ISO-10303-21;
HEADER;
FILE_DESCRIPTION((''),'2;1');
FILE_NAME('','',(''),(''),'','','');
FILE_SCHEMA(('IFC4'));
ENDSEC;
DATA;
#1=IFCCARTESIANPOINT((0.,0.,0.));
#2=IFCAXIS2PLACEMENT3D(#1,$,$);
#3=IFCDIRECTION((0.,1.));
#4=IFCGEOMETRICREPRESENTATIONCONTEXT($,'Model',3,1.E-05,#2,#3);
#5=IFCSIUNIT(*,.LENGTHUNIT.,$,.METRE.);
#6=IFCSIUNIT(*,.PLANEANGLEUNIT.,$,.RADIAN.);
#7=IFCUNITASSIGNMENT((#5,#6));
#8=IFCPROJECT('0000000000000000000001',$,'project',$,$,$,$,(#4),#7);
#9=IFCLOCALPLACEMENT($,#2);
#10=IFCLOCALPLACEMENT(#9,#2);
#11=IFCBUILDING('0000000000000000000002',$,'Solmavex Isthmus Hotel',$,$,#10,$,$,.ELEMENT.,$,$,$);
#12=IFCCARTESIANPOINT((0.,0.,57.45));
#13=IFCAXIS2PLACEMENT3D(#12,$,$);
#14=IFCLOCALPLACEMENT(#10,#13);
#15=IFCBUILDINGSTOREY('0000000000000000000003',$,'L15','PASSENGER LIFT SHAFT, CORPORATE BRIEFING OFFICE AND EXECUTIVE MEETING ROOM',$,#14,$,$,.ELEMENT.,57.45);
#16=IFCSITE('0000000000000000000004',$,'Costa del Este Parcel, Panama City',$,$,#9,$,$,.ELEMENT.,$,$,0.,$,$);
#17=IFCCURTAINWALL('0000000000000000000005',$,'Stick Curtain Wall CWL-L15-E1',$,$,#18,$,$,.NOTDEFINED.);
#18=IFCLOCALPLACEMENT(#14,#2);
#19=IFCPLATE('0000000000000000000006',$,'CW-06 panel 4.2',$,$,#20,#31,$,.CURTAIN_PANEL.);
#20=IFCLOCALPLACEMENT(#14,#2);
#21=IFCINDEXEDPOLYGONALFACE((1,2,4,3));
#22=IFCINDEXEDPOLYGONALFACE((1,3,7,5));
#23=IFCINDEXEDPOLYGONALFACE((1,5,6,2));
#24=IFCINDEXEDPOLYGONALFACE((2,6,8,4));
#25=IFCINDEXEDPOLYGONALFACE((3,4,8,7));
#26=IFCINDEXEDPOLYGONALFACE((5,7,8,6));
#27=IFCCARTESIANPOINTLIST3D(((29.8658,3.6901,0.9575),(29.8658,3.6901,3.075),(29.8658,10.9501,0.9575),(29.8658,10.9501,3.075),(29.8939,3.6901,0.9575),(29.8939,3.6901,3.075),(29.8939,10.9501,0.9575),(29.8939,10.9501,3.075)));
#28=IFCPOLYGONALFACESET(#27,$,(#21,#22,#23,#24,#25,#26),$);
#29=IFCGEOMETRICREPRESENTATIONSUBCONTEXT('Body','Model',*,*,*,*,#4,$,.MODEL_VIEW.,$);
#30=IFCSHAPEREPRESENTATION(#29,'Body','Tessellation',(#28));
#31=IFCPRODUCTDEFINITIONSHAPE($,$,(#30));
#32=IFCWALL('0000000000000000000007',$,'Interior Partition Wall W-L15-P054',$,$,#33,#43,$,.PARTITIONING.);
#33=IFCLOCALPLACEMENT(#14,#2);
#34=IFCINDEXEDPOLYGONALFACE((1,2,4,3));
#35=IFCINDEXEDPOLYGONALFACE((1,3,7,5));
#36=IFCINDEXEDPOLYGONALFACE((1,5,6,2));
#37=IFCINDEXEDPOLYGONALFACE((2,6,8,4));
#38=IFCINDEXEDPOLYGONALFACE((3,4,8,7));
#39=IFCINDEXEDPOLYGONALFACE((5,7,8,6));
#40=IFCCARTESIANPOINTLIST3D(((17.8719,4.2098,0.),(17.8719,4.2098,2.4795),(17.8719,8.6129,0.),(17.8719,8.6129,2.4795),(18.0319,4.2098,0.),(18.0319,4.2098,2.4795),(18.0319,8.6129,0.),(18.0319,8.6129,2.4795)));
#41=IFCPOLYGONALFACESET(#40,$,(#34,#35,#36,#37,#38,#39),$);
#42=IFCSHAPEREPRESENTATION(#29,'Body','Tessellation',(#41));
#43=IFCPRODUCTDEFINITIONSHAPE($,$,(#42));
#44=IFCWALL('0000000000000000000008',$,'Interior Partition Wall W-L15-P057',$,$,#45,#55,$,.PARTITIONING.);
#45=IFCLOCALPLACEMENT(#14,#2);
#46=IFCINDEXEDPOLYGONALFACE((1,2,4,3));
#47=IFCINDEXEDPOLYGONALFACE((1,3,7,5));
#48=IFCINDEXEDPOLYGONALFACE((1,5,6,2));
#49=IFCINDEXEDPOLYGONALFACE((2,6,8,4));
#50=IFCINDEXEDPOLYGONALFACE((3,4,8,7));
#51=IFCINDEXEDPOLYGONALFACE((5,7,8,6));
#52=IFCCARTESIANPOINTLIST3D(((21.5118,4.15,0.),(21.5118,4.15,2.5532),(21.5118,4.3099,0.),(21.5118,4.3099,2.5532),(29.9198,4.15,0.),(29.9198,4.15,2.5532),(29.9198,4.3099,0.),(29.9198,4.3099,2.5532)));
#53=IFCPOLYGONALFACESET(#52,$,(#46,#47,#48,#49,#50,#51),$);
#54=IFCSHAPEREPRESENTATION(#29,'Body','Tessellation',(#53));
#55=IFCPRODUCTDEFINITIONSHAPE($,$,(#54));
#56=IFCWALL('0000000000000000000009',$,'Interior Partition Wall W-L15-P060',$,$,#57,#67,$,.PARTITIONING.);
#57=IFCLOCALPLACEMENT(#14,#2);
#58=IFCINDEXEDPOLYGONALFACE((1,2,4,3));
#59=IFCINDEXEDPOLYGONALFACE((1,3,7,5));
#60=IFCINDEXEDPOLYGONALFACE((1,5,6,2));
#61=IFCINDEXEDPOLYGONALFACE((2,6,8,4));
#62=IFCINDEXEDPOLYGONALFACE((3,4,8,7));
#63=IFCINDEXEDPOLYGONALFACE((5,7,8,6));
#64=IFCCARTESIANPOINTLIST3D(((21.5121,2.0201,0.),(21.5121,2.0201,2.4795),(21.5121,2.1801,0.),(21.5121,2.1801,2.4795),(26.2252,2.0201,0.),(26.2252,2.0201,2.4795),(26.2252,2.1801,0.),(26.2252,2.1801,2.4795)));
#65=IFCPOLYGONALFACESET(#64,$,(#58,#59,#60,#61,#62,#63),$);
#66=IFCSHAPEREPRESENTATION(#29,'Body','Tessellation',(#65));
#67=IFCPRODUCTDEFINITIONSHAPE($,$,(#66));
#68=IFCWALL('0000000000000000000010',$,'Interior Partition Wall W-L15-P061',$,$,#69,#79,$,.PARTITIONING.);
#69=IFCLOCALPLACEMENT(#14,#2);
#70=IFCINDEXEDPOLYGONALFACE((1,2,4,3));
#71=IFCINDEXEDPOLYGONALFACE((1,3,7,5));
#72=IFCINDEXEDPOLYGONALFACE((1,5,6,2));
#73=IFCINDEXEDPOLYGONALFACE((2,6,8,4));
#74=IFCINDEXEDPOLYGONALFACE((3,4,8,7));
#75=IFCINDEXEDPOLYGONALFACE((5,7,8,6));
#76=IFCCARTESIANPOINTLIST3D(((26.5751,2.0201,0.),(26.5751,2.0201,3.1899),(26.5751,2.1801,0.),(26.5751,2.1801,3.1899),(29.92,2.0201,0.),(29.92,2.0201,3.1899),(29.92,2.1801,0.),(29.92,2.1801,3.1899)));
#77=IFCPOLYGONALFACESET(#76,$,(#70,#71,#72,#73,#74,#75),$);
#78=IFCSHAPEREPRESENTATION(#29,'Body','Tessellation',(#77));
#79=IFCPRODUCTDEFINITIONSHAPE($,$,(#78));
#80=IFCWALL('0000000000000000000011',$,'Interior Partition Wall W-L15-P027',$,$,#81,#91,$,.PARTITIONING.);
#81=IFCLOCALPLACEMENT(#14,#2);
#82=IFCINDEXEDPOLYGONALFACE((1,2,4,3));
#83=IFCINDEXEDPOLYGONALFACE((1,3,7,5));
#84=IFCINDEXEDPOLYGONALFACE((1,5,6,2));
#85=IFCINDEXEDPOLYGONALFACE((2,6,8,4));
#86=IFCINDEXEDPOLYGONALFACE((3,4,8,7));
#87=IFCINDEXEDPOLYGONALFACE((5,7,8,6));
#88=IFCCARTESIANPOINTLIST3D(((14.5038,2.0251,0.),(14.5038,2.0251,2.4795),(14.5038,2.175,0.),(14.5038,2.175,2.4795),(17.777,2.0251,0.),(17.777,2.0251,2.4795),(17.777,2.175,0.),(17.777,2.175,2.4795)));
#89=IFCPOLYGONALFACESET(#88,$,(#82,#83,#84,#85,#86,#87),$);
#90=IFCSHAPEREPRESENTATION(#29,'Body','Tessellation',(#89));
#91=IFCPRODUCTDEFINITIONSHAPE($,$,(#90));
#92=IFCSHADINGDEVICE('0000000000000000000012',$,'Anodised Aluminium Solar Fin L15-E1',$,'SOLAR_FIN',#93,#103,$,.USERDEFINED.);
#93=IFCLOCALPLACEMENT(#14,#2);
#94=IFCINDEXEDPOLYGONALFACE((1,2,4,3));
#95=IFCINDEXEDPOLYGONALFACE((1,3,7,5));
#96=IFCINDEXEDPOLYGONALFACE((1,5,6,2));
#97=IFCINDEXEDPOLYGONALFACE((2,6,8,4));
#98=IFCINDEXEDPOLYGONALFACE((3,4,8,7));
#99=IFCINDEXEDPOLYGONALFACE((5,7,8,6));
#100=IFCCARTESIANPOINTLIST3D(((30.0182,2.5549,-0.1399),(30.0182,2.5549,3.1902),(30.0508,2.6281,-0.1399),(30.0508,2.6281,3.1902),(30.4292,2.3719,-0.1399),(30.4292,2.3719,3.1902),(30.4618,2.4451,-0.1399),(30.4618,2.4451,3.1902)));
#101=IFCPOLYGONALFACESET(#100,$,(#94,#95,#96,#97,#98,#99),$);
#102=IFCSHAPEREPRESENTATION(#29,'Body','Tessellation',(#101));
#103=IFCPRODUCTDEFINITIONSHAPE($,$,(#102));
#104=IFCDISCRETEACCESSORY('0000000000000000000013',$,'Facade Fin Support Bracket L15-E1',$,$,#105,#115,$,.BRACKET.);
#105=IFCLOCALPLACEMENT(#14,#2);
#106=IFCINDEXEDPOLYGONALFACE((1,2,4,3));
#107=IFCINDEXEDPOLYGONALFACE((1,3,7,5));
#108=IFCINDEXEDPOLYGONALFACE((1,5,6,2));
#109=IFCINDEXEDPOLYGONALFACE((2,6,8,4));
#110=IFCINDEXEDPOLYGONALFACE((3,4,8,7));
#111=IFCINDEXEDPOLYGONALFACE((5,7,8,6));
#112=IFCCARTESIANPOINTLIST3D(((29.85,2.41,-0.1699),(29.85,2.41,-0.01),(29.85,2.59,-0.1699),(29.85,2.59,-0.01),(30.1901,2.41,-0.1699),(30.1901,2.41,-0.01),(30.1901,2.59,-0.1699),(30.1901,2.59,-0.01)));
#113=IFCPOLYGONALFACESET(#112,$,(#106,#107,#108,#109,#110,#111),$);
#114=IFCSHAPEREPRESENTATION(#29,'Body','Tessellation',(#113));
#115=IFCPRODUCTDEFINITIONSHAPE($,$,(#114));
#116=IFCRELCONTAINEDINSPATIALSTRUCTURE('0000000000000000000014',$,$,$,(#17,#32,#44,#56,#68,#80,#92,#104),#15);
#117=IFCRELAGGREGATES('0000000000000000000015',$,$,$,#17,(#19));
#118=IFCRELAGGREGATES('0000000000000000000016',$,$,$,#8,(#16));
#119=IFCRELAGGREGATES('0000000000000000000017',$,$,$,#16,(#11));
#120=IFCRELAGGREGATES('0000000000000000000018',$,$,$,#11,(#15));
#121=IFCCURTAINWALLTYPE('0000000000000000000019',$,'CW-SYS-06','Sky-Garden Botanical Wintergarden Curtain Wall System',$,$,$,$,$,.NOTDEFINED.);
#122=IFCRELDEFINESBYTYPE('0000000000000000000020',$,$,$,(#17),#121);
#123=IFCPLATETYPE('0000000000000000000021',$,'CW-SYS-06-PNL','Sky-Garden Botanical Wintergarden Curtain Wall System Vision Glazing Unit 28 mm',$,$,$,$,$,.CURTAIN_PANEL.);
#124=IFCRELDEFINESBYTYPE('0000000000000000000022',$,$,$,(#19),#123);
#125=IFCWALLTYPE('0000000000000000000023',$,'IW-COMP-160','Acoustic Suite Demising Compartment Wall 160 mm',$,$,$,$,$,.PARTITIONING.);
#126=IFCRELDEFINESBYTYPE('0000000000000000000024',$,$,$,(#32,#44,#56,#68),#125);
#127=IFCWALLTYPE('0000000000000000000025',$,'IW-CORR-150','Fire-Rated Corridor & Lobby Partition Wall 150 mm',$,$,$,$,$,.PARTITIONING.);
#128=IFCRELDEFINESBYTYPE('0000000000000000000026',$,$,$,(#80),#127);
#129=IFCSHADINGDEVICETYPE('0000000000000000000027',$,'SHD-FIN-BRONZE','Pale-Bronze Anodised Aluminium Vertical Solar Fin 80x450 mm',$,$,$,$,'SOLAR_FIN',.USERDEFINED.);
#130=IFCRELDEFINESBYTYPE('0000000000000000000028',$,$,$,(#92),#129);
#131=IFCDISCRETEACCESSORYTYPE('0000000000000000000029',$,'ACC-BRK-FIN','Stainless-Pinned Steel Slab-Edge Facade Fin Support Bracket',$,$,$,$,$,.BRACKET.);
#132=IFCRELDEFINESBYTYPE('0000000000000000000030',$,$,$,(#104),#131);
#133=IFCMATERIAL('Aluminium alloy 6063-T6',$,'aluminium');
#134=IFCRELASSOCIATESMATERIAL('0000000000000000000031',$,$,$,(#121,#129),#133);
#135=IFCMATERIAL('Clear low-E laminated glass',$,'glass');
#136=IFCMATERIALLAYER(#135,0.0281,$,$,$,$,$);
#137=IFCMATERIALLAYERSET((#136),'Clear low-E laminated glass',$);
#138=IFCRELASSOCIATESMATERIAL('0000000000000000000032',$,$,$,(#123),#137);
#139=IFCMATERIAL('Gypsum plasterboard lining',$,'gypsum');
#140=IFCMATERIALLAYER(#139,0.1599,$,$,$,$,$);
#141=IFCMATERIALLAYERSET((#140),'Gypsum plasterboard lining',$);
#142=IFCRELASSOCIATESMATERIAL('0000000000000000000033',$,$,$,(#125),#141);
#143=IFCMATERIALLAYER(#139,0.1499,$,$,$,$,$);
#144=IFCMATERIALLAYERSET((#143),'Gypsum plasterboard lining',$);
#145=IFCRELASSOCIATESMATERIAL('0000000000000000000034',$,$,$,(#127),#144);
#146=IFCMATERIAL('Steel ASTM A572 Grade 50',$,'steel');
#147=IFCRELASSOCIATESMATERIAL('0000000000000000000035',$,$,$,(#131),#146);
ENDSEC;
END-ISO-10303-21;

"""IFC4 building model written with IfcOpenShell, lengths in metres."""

from ifc_helpers import new_model, si_unit, direction, frame, frame_2d, origin, origin_2d, place, context, subcontext, project, spatial, rectangle, extrude, material, layer, layer_set, type_object, element, aggregate, save


model = new_model("IFC4")

# Units and contexts
model_context = context("Model", 3, precision=1e-05, world=origin(), true_north=direction((0.0, 1.0)))
body_context = subcontext(model_context, "Body", "Model", "MODEL_VIEW")
ifc_project = project(units=[si_unit("LENGTHUNIT", "METRE"), si_unit("PLANEANGLEUNIT", "RADIAN")], contexts=[model_context])

# Site, building, storey
site_placement = place(None, origin())
site = spatial("IfcSite", under=ifc_project, at=site_placement, Name="Costa del Este Parcel, Panama City", CompositionType="ELEMENT", RefElevation=0.0)
building_placement = place(site_placement, origin())
building = spatial("IfcBuilding", under=site, at=building_placement, Name="Solmavex Isthmus Hotel", CompositionType="ELEMENT")
storey_placement = place(building_placement, frame((0.0, 0.0, 57.45)))
storey = spatial("IfcBuildingStorey", under=building, at=storey_placement, Name="L15", Description="PASSENGER LIFT SHAFT, CORPORATE BRIEFING OFFICE AND EXECUTIVE MEETING ROOM", CompositionType="ELEMENT", Elevation=57.45)

# Curtain wall, plate
ifc_material_1 = material(Name="Aluminium alloy 6063-T6", Category="aluminium")
curtain_wall_type = type_object("IfcCurtainWallType", Name="CW-SYS-06", Description="Sky-Garden Botanical Wintergarden Curtain Wall System", PredefinedType="NOTDEFINED", material=ifc_material_1)
curtain_wall_placement = place(storey_placement, origin())
curtain_wall = element("IfcCurtainWall", 1, at=curtain_wall_placement, inside=storey, type_object=curtain_wall_type, Name="Stick Curtain Wall CWL-L15-E1", PredefinedType="NOTDEFINED")
ifc_material_2 = material(Name="Clear low-E laminated glass", Category="glass")
ifc_layer_1 = layer(ifc_material_2, 0.0281)
ifc_layer_set_1 = layer_set([ifc_layer_1], Name="Clear low-E laminated glass")
plate_type = type_object("IfcPlateType", Name="CW-SYS-06-PNL", Description="Sky-Garden Botanical Wintergarden Curtain Wall System Vision Glazing Unit 28 mm", PredefinedType="CURTAIN_PANEL", material=ifc_layer_set_1)
plate_1_placement = place(storey_placement, frame((29.8799, 7.3201, 0.9575), z_axis=(0.0, 0.0, 1.0), x_axis=(0.0, 1.0, 0.0)))
plate_1 = element("IfcPlate", 2, at=plate_1_placement, type_object=plate_type, Name="CW-06 panel 4.2", PredefinedType="CURTAIN_PANEL", context=body_context, shape_type="SweptSolid", body=[
    extrude(rectangle(XDim=7.26, YDim=0.0281, at=origin_2d()), origin(), (0.0, 0.0, 1.0), 2.1174),
])
aggregate(curtain_wall, [plate_1])

# Walls
ifc_material_3 = material(Name="Gypsum plasterboard lining", Category="gypsum")
ifc_layer_2 = layer(ifc_material_3, 0.1599)
ifc_layer_set_2 = layer_set([ifc_layer_2], Name="Gypsum plasterboard lining")
wall_type_1 = type_object("IfcWallType", Name="IW-COMP-160", Description="Acoustic Suite Demising Compartment Wall 160 mm", PredefinedType="PARTITIONING", material=ifc_layer_set_2)
wall_1_placement = place(storey_placement, frame((17.9519, 8.613, 0.0), z_axis=(0.0, 0.0, 1.0), x_axis=(0.0, -1.0, 0.0)))
element("IfcWall", 3, at=wall_1_placement, inside=storey, type_object=wall_type_1, Name="Interior Partition Wall W-L15-P054", PredefinedType="PARTITIONING", context=body_context, shape_type="SweptSolid", body=[
    extrude(rectangle(XDim=4.4031, YDim=0.1599, at=frame_2d((2.2017, 0.0))), origin(), (0.0, 0.0, 1.0), 2.4795),
])
wall_2_placement = place(storey_placement, frame((29.9199, 4.23, 0.0), z_axis=(0.0, 0.0, 1.0), x_axis=(-1.0, 0.0, 0.0)))
element("IfcWall", 4, at=wall_2_placement, inside=storey, type_object=wall_type_1, Name="Interior Partition Wall W-L15-P057", PredefinedType="PARTITIONING", context=body_context, shape_type="SweptSolid", body=[
    extrude(rectangle(XDim=8.408, YDim=0.1599, at=frame_2d((4.2041, 0.0))), origin(), (0.0, 0.0, 1.0), 2.5532),
])
wall_3_placement = place(storey_placement, frame((26.2251, 2.1001, 0.0), z_axis=(0.0, 0.0, 1.0), x_axis=(-1.0, 0.0, 0.0)))
element("IfcWall", 5, at=wall_3_placement, inside=storey, type_object=wall_type_1, Name="Interior Partition Wall W-L15-P060", PredefinedType="PARTITIONING", context=body_context, shape_type="SweptSolid", body=[
    extrude(rectangle(XDim=4.7131, YDim=0.1599, at=frame_2d((2.3564, 0.0))), origin(), (0.0, 0.0, 1.0), 2.4795),
])
wall_4_placement = place(storey_placement, frame((29.9199, 2.1001, 0.0), z_axis=(0.0, 0.0, 1.0), x_axis=(-1.0, 0.0, 0.0)))
element("IfcWall", 6, at=wall_4_placement, inside=storey, type_object=wall_type_1, Name="Interior Partition Wall W-L15-P061", PredefinedType="PARTITIONING", context=body_context, shape_type="SweptSolid", body=[
    extrude(rectangle(XDim=3.345, YDim=0.1599, at=frame_2d((1.6724, 0.0))), origin(), (0.0, 0.0, 1.0), 3.1899),
])

# Shared definitions
ifc_layer_3 = layer(ifc_material_3, 0.1499)
ifc_layer_set_3 = layer_set([ifc_layer_3], Name="Gypsum plasterboard lining")
wall_type_2 = type_object("IfcWallType", Name="IW-CORR-150", Description="Fire-Rated Corridor & Lobby Partition Wall 150 mm", PredefinedType="PARTITIONING", material=ifc_layer_set_3)

# Wall
wall_5_placement = place(storey_placement, frame((17.7771, 2.1001, 0.0), z_axis=(0.0, 0.0, 1.0), x_axis=(-1.0, 0.0, 0.0)))
element("IfcWall", 7, at=wall_5_placement, inside=storey, type_object=wall_type_2, Name="Interior Partition Wall W-L15-P027", PredefinedType="PARTITIONING", context=body_context, shape_type="SweptSolid", body=[
    extrude(rectangle(XDim=3.2732, YDim=0.1499, at=frame_2d((1.6367, 0.0))), origin(), (0.0, 0.0, 1.0), 2.4795),
])

# Shading device
shading_device_type = type_object("IfcShadingDeviceType", Name="SHD-FIN-BRONZE", Description="Pale-Bronze Anodised Aluminium Vertical Solar Fin 80x450 mm", ElementType="SOLAR_FIN", PredefinedType="USERDEFINED", material=ifc_material_1)
shading_device_placement = place(storey_placement, frame((30.24, 2.5, -0.1399), z_axis=(0.0, 0.0, 1.0), x_axis=(0.913545, -0.406737, 0.0)))
element("IfcShadingDevice", 8, at=shading_device_placement, inside=storey, type_object=shading_device_type, Name="Anodised Aluminium Solar Fin L15-E1", ObjectType="SOLAR_FIN", PredefinedType="USERDEFINED", context=body_context, shape_type="SweptSolid", body=[
    extrude(rectangle(XDim=0.45, YDim=0.0801, at=origin_2d()), origin(), (0.0, 0.0, 1.0), 3.3301),
])

# Discrete accessory
ifc_material_4 = material(Name="Steel ASTM A572 Grade 50", Category="steel")
discrete_accessory_type = type_object("IfcDiscreteAccessoryType", Name="ACC-BRK-FIN", Description="Stainless-Pinned Steel Slab-Edge Facade Fin Support Bracket", PredefinedType="BRACKET", material=ifc_material_4)
discrete_accessory_placement = place(storey_placement, frame((30.02, 2.5, -0.1699), z_axis=(0.0, 0.0, 1.0), x_axis=(1.0, 0.0, 0.0)))
element("IfcDiscreteAccessory", 9, at=discrete_accessory_placement, inside=storey, type_object=discrete_accessory_type, Name="Facade Fin Support Bracket L15-E1", PredefinedType="BRACKET", context=body_context, shape_type="SweptSolid", body=[
    extrude(rectangle(XDim=0.3401, YDim=0.1799, at=origin_2d()), origin(), (0.0, 0.0, 1.0), 0.1599),
])

save(model, "model.ifc")
